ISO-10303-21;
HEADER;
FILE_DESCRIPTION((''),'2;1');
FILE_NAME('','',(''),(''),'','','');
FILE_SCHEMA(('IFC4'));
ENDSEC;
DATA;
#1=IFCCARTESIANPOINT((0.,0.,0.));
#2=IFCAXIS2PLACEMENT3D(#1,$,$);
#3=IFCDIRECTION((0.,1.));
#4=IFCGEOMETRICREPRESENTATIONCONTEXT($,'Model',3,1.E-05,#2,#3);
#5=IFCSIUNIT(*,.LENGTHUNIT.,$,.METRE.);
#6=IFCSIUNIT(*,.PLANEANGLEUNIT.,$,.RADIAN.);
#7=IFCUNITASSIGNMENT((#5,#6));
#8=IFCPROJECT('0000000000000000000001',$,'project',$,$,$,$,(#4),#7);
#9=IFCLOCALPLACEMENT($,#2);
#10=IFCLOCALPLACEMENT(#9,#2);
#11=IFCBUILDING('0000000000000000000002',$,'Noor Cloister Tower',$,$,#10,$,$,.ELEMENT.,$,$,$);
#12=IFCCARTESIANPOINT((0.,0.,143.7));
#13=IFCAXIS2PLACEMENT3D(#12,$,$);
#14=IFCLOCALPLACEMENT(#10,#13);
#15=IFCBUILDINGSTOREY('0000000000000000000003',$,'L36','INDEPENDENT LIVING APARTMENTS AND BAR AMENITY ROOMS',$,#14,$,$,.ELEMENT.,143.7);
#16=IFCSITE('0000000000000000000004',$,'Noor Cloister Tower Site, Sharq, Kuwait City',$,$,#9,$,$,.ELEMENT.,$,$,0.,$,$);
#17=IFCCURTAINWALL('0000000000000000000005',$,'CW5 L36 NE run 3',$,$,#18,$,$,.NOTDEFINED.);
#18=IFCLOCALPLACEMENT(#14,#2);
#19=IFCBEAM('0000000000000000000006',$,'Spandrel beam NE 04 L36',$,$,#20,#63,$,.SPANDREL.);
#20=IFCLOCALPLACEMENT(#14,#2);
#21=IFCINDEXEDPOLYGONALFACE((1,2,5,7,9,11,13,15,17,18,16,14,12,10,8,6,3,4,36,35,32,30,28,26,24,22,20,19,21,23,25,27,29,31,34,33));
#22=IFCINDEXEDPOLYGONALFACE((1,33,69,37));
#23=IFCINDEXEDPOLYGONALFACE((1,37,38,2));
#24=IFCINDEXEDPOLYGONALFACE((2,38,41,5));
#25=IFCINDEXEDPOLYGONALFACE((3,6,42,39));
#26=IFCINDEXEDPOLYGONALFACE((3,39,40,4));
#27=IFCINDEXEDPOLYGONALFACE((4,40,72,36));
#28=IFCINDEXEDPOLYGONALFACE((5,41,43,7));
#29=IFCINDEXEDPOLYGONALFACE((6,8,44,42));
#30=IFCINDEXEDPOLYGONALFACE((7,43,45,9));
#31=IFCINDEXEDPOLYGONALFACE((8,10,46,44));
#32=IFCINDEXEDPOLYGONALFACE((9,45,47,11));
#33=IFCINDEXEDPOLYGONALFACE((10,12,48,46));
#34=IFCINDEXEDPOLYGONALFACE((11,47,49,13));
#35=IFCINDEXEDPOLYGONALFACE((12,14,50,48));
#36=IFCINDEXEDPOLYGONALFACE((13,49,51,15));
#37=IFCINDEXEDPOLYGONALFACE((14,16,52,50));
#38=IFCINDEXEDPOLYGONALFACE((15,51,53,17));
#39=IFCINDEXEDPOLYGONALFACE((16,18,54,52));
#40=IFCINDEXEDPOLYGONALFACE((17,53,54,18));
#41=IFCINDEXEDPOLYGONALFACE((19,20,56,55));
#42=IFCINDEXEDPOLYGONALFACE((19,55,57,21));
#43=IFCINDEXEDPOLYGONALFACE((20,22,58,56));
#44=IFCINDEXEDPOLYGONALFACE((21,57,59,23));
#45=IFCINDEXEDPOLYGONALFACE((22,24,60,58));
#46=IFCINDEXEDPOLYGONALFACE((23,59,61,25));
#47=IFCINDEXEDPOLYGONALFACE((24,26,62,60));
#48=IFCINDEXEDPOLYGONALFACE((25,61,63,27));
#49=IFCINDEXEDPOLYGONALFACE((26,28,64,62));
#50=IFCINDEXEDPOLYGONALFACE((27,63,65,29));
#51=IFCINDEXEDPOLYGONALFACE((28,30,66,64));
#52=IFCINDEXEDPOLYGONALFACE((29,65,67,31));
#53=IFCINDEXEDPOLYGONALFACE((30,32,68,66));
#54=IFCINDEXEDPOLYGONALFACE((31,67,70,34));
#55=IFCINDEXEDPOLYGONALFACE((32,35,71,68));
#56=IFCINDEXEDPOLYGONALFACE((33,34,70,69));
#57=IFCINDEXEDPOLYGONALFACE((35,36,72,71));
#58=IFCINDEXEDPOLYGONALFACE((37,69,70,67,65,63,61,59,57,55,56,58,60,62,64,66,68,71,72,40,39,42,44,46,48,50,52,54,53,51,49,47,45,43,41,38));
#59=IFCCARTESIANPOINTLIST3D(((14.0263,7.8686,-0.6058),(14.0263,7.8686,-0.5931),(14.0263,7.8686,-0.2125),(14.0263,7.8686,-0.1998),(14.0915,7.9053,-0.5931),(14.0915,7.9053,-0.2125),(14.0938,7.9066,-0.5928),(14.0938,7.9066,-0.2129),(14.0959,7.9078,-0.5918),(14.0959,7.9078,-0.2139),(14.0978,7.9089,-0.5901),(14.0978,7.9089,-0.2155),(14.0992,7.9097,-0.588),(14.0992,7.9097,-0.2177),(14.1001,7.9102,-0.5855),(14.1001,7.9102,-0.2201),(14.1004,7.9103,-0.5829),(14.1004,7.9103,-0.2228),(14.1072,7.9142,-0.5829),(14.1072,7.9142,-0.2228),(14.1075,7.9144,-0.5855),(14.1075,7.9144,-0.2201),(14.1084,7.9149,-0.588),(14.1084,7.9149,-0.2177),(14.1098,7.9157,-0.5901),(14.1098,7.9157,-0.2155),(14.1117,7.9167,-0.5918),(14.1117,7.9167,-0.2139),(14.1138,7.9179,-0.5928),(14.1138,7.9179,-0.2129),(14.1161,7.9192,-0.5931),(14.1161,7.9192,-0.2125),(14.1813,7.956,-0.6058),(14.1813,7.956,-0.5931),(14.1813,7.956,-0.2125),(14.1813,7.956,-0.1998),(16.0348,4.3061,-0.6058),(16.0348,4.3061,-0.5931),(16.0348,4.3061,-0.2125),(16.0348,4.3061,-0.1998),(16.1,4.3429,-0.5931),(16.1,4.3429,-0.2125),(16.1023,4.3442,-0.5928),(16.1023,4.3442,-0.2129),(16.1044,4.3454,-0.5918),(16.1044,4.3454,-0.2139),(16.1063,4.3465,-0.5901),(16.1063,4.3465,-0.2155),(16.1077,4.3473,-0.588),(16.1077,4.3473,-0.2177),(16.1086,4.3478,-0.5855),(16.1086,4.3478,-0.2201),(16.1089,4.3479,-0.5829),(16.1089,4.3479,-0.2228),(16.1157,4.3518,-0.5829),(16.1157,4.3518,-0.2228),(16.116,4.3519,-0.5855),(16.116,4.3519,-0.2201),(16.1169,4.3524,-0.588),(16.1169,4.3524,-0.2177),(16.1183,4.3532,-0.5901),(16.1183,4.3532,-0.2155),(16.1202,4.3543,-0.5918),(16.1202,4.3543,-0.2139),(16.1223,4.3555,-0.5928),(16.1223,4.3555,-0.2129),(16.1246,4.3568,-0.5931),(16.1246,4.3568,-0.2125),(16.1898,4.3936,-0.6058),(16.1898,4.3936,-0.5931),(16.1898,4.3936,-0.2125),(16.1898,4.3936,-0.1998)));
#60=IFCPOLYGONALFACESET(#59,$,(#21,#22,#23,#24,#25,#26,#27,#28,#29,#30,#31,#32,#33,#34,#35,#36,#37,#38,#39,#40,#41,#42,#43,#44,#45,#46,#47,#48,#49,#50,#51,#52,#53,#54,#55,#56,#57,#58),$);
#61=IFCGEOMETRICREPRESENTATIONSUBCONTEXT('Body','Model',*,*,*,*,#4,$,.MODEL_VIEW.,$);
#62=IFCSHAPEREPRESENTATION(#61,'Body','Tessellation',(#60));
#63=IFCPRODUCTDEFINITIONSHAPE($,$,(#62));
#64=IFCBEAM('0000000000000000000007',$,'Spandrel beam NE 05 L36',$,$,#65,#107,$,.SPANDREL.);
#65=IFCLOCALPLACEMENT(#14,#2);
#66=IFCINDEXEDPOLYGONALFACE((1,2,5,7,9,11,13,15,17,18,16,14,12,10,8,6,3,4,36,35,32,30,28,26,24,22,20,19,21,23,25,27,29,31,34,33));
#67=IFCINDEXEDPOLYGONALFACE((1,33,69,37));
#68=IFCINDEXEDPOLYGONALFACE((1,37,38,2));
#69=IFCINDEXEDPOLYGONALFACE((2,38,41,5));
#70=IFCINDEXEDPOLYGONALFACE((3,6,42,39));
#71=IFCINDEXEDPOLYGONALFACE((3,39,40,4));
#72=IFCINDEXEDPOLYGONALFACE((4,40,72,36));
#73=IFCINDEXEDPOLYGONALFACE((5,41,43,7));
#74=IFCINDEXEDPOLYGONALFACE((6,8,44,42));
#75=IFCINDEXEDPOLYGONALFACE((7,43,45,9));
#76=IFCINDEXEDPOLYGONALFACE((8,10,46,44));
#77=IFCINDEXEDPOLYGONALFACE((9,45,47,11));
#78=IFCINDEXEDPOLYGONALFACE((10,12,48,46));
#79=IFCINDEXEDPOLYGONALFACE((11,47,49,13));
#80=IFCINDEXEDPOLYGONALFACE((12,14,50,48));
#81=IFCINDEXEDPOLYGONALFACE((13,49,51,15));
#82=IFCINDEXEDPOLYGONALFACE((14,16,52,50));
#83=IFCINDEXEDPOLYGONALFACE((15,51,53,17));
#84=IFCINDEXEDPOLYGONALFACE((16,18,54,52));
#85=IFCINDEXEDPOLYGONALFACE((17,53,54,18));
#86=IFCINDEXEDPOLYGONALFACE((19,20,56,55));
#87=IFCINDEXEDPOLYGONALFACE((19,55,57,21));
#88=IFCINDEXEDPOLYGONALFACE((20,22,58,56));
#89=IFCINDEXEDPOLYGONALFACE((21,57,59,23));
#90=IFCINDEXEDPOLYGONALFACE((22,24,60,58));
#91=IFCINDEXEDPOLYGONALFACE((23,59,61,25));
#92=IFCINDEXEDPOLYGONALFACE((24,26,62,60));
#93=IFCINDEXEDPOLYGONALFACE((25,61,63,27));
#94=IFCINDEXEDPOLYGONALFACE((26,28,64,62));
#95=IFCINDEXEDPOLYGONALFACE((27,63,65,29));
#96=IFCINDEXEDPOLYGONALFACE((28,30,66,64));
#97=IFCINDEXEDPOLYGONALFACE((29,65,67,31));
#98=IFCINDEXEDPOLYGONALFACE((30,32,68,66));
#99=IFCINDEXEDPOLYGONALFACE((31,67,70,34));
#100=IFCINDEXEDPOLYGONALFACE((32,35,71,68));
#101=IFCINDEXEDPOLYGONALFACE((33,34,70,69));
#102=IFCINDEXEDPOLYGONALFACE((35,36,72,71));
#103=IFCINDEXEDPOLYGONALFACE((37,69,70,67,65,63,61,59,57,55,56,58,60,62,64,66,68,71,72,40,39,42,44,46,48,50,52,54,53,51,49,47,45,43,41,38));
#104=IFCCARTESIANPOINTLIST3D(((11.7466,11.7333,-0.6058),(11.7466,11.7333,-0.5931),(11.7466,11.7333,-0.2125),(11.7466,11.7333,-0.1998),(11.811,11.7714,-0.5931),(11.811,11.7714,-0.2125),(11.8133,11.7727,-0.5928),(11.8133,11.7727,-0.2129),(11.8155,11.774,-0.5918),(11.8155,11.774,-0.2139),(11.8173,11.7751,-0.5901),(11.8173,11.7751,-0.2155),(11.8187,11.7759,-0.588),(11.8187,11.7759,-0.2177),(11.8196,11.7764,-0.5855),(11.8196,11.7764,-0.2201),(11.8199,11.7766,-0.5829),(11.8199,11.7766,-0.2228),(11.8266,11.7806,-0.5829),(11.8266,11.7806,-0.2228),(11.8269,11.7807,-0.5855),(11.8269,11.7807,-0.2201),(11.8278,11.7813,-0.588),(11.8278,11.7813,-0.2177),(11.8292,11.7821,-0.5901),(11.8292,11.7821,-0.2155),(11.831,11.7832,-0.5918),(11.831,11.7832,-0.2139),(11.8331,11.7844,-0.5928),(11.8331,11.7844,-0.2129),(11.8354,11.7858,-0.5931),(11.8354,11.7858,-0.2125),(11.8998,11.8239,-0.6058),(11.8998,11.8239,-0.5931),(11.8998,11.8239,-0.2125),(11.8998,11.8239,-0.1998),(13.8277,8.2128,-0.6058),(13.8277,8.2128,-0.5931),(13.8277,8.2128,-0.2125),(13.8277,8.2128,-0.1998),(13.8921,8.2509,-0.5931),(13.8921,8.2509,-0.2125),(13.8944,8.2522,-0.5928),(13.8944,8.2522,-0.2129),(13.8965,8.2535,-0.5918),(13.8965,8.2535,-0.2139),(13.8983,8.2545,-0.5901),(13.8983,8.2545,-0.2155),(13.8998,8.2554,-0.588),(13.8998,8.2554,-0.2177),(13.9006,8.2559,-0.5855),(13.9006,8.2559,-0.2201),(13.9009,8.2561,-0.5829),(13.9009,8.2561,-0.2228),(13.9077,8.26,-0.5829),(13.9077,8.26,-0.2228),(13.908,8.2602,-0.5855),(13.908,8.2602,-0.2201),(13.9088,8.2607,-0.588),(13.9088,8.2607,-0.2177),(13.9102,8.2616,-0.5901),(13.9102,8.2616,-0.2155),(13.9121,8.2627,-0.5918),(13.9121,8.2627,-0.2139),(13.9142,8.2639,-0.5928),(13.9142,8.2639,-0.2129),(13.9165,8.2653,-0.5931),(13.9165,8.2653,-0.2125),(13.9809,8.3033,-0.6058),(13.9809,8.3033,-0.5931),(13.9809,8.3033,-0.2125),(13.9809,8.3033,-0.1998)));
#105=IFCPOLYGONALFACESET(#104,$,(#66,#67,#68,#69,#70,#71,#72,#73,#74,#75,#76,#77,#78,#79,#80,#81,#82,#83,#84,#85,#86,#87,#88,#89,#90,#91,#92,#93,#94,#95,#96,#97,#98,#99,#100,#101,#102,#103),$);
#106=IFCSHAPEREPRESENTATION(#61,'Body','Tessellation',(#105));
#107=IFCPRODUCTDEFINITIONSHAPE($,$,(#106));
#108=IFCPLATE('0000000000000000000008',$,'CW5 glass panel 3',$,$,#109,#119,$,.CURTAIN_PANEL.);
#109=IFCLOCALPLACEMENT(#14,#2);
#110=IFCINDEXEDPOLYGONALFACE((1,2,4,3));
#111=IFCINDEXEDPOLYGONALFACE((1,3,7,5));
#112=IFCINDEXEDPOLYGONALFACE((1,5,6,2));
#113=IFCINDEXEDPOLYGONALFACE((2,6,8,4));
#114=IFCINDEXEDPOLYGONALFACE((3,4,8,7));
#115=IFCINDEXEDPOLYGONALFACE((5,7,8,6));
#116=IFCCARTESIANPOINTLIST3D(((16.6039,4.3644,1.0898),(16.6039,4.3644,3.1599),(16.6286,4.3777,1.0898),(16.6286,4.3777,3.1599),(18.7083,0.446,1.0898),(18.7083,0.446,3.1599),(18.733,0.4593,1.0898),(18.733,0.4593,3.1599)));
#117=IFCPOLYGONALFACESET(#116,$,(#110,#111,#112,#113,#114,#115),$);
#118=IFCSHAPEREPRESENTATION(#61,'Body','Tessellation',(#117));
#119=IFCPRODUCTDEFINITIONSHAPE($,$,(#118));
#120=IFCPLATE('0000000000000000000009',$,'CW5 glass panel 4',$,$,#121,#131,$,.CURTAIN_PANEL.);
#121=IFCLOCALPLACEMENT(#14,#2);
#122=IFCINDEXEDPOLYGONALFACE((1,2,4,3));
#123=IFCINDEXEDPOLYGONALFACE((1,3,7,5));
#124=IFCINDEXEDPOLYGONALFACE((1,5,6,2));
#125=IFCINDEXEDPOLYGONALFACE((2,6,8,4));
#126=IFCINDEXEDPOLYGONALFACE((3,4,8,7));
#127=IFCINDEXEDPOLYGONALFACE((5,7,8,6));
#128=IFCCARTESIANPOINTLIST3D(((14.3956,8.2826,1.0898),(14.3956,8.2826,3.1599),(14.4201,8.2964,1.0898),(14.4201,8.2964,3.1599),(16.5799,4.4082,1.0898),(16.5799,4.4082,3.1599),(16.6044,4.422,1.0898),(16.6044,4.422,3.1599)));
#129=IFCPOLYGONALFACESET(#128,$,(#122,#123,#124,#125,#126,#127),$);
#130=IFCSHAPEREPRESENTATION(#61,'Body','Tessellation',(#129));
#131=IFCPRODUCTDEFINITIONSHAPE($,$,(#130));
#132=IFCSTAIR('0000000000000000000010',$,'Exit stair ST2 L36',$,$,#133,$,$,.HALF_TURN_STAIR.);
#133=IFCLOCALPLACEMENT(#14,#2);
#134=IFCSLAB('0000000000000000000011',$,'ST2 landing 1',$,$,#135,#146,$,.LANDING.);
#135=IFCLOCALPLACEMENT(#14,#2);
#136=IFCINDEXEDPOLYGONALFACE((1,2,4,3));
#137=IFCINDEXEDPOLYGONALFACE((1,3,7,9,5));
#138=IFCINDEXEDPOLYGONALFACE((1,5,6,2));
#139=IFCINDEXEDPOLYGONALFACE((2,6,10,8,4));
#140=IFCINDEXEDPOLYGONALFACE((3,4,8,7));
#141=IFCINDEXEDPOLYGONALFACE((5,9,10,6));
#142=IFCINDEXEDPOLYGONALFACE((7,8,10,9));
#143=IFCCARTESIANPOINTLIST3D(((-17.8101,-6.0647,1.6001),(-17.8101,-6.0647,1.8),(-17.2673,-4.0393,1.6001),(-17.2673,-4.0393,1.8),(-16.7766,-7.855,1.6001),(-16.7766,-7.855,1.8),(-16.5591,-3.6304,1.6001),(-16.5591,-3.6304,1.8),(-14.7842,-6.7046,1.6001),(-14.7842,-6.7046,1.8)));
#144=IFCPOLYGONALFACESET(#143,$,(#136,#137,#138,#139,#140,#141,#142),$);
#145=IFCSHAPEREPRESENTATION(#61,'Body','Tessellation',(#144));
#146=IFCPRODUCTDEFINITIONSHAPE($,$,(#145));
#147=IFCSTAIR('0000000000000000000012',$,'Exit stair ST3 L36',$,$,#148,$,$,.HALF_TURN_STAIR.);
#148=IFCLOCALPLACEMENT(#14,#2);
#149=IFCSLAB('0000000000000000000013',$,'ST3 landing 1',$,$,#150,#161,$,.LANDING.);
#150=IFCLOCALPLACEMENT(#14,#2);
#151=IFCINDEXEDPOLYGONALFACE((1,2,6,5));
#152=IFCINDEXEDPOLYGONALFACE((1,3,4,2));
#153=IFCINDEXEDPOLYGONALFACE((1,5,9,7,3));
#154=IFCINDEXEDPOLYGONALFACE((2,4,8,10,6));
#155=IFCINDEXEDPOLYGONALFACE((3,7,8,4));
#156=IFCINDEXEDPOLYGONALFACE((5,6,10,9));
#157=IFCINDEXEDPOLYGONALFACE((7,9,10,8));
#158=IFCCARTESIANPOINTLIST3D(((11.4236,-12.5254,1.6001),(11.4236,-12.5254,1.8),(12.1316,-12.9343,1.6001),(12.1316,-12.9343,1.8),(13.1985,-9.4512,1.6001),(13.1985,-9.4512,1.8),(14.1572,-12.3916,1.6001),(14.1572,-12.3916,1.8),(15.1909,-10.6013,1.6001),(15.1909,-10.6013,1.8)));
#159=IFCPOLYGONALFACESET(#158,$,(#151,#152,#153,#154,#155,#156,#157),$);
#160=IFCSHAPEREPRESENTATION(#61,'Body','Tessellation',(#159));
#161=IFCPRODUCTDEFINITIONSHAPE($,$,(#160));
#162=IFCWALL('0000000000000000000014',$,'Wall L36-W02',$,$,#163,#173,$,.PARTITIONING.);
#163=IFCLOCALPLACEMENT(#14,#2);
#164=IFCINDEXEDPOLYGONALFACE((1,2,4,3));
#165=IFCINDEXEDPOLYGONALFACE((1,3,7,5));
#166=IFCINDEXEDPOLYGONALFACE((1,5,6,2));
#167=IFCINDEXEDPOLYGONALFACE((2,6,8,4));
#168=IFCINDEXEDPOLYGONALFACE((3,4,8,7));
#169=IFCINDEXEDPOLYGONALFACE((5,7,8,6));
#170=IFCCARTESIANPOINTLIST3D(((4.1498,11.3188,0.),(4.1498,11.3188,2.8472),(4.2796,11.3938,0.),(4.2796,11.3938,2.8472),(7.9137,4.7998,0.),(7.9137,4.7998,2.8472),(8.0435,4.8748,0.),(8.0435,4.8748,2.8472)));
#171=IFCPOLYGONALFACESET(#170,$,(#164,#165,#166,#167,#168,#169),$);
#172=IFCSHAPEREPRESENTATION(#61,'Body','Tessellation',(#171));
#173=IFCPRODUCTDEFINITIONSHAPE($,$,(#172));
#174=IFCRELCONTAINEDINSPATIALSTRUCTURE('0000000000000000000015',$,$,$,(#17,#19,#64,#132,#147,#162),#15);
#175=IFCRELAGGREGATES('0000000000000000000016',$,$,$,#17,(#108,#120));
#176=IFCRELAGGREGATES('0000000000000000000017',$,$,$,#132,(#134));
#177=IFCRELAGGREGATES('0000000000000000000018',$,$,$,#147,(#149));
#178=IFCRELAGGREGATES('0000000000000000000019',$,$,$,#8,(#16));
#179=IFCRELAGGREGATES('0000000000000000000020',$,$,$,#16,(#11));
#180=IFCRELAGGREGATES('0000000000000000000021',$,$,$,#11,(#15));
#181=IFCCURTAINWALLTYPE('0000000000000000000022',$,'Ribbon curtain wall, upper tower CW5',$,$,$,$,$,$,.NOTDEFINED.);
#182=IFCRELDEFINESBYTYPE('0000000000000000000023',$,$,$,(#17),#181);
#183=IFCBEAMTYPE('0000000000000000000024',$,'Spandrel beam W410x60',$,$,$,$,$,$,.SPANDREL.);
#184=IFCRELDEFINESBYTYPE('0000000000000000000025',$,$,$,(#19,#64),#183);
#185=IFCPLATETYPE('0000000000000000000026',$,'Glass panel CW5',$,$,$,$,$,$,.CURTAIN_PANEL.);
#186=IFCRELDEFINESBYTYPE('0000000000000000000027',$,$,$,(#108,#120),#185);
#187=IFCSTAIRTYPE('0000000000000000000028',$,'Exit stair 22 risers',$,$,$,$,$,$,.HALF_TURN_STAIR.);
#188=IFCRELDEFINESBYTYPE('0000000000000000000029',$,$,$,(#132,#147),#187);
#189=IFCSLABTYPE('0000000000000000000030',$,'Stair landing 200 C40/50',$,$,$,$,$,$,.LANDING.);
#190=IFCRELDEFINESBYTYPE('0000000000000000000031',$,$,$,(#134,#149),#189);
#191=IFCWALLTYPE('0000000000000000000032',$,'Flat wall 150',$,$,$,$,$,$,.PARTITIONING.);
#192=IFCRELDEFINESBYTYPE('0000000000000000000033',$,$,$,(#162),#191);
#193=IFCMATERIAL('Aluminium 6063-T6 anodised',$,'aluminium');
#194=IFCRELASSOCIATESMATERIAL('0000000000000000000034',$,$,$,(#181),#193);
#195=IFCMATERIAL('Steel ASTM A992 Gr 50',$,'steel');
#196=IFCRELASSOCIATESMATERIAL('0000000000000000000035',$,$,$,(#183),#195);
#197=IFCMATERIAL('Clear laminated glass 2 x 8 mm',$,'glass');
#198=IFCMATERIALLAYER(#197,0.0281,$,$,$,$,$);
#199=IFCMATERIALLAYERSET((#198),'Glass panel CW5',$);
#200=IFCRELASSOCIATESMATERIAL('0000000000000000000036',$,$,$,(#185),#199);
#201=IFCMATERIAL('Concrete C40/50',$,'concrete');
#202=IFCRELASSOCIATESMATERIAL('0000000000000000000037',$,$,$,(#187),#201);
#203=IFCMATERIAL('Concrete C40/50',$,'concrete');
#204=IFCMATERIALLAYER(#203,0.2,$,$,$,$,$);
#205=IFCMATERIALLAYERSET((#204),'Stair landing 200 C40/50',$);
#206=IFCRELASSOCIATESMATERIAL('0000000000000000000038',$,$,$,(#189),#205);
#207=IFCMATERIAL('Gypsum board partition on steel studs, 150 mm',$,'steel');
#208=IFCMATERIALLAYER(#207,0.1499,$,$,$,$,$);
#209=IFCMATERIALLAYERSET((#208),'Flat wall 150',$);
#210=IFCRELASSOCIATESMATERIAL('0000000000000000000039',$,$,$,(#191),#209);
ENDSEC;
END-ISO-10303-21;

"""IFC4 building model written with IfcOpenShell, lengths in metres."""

from ifc_helpers import new_model, si_unit, direction, frame, frame_2d, origin, origin_2d, place, context, subcontext, project, spatial, polyline, rectangle, i_section, outline, extrude, material, layer, layer_set, material_profile, profile_set, type_object, element, aggregate, save


model = new_model("IFC4")

# Units and contexts
model_context = context("Model", 3, precision=1e-05, world=origin(), true_north=direction((0.0, 1.0)))
body_context = subcontext(model_context, "Body", "Model", "MODEL_VIEW")
ifc_project = project(units=[si_unit("LENGTHUNIT", "METRE"), si_unit("PLANEANGLEUNIT", "RADIAN")], contexts=[model_context])

# Site, building, storey
site_placement = place(None, origin())
site = spatial("IfcSite", under=ifc_project, at=site_placement, Name="Noor Cloister Tower Site, Sharq, Kuwait City", CompositionType="ELEMENT", RefElevation=0.0)
building_placement = place(site_placement, origin())
building = spatial("IfcBuilding", under=site, at=building_placement, Name="Noor Cloister Tower", CompositionType="ELEMENT")
storey_placement = place(building_placement, frame((0.0, 0.0, 143.7)))
storey = spatial("IfcBuildingStorey", under=building, at=storey_placement, Name="L36", Description="INDEPENDENT LIVING APARTMENTS AND BAR AMENITY ROOMS", CompositionType="ELEMENT", Elevation=143.7)

# Curtain wall
ifc_material_1 = material(Name="Aluminium 6063-T6 anodised", Category="aluminium")
curtain_wall_type = type_object("IfcCurtainWallType", Name="Ribbon curtain wall, upper tower CW5", PredefinedType="NOTDEFINED", material=ifc_material_1)
curtain_wall_placement = place(storey_placement, origin())
curtain_wall = element("IfcCurtainWall", 1, at=curtain_wall_placement, inside=storey, type_object=curtain_wall_type, Name="CW5 L36 NE run 3", PredefinedType="NOTDEFINED")

# Beams
ifc_material_2 = material(Name="Steel ASTM A992 Gr 50", Category="steel")
ifc_material_profile_1 = material_profile(ifc_material_2, i_section(OverallWidth=0.178, OverallDepth=0.406, WebThickness=0.0078, FlangeThickness=0.0127, FilletRadius=0.0103, at=origin_2d()), Name="W410x60")
ifc_profile_set_1 = profile_set([ifc_material_profile_1], Name="Steel ASTM A992 Gr 50")
beam_type_1 = type_object("IfcBeamType", Name="Spandrel beam W410x60", PredefinedType="SPANDREL", material=ifc_profile_set_1)
for number, where, z_axis, x_axis, name in (
    (2, (16.1123, 4.3499, -0.4028), (-0.491123, 0.87109, 0.0), (-0.87109, -0.491123, 0.0), "Spandrel beam NE 04 L36"),
    (3, (13.9043, 8.2581, -0.4028), (-0.508866, 0.860846, 0.0), (-0.860846, -0.508866, 0.0), "Spandrel beam NE 05 L36"),
):
    element("IfcBeam", number, at=place(storey_placement, frame(where, z_axis=z_axis, x_axis=x_axis)), inside=storey, type_object=beam_type_1, Name=name, PredefinedType="SPANDREL", context=body_context, shape_type="SweptSolid", body=[
        extrude(i_section(OverallWidth=0.178, OverallDepth=0.406, WebThickness=0.0078, FlangeThickness=0.0127, FilletRadius=0.0103, at=origin_2d()), origin(), (0.0, 0.0, 1.0), 4.0896),
    ])

# Plates
ifc_material_3 = material(Name="Clear laminated glass 2 x 8 mm", Category="glass")
ifc_layer_1 = layer(ifc_material_3, 0.0281)
ifc_layer_set_1 = layer_set([ifc_layer_1], Name="Glass panel CW5")
plate_type = type_object("IfcPlateType", Name="Glass panel CW5", PredefinedType="CURTAIN_PANEL", material=ifc_layer_set_1)
plate_1_placement = place(storey_placement, frame((17.6685, 2.4119, 1.0898), z_axis=(0.0, 0.0, 1.0), x_axis=(-0.473133, 0.880991, 0.0)))
plate_1 = element("IfcPlate", 4, at=plate_1_placement, type_object=plate_type, Name="CW5 glass panel 3", PredefinedType="CURTAIN_PANEL", context=body_context, shape_type="SweptSolid", body=[
    extrude(rectangle(XDim=4.4478, YDim=0.0281, at=origin_2d()), origin(), (0.0, 0.0, 1.0), 2.0701),
])
plate_2_placement = place(storey_placement, frame((15.5, 6.3523, 1.0898), z_axis=(0.0, 0.0, 1.0), x_axis=(-0.491096, 0.871106, 0.0)))
plate_2 = element("IfcPlate", 5, at=plate_2_placement, type_object=plate_type, Name="CW5 glass panel 4", PredefinedType="CURTAIN_PANEL", context=body_context, shape_type="SweptSolid", body=[
    extrude(rectangle(XDim=4.4478, YDim=0.0281, at=origin_2d()), origin(), (0.0, 0.0, 1.0), 2.0701),
])
aggregate(curtain_wall, [plate_1, plate_2])

# Stairs, slabs
ifc_material_4 = material(Name="Concrete C40/50", Category="concrete")
stair_type = type_object("IfcStairType", Name="Exit stair 22 risers", PredefinedType="HALF_TURN_STAIR", material=ifc_material_4)
stair_1_placement = place(storey_placement, origin())
stair_1 = element("IfcStair", 6, at=stair_1_placement, inside=storey, type_object=stair_type, Name="Exit stair ST2 L36", PredefinedType="HALF_TURN_STAIR")
ifc_material_5 = material(Name="Concrete C40/50", Category="concrete")
ifc_layer_2 = layer(ifc_material_5, 0.2)
ifc_layer_set_2 = layer_set([ifc_layer_2], Name="Stair landing 200 C40/50")
slab_type = type_object("IfcSlabType", Name="Stair landing 200 C40/50", PredefinedType="LANDING", material=ifc_layer_set_2)
slab_1_placement = place(storey_placement, frame((0.0, 0.0, 1.6001)))
slab_1 = element("IfcSlab", 7, at=slab_1_placement, type_object=slab_type, Name="ST2 landing 1", PredefinedType="LANDING", context=body_context, shape_type="SweptSolid", body=[
    extrude(outline(polyline([(-16.5591, -3.6304), (-17.2673, -4.0393), (-17.8101, -6.0647), (-16.7766, -7.855), (-14.7842, -6.7046), (-16.5591, -3.6304)])), origin(), (0.0, 0.0, 1.0), 0.2),
])
aggregate(stair_1, [slab_1])
stair_2_placement = place(storey_placement, origin())
stair_2 = element("IfcStair", 8, at=stair_2_placement, inside=storey, type_object=stair_type, Name="Exit stair ST3 L36", PredefinedType="HALF_TURN_STAIR")
slab_2_placement = place(storey_placement, frame((0.0, 0.0, 1.6001)))
slab_2 = element("IfcSlab", 9, at=slab_2_placement, type_object=slab_type, Name="ST3 landing 1", PredefinedType="LANDING", context=body_context, shape_type="SweptSolid", body=[
    extrude(outline(polyline([(11.4236, -12.5254), (12.1316, -12.9343), (14.1572, -12.3916), (15.1909, -10.6013), (13.1985, -9.4512), (11.4236, -12.5254)])), origin(), (0.0, 0.0, 1.0), 0.2),
])
aggregate(stair_2, [slab_2])

# Wall
ifc_material_6 = material(Name="Gypsum board partition on steel studs, 150 mm", Category="steel")
ifc_layer_3 = layer(ifc_material_6, 0.1499)
ifc_layer_set_3 = layer_set([ifc_layer_3], Name="Flat wall 150")
wall_type_1 = type_object("IfcWallType", Name="Flat wall 150", PredefinedType="PARTITIONING", material=ifc_layer_set_3)
wall_1_placement = place(storey_placement, frame((7.9785, 4.8374, 0.0), z_axis=(0.0, 0.0, 1.0), x_axis=(-0.500014, 0.866017, 0.0)))
element("IfcWall", 10, at=wall_1_placement, inside=storey, type_object=wall_type_1, Name="Wall L36-W02", PredefinedType="PARTITIONING", context=body_context, shape_type="SweptSolid", body=[
    extrude(rectangle(XDim=7.5276, YDim=0.1499, at=frame_2d((3.7637, 0.0))), origin(), (0.0, 0.0, 1.0), 2.8472),
])

save(model, "model.ifc")
